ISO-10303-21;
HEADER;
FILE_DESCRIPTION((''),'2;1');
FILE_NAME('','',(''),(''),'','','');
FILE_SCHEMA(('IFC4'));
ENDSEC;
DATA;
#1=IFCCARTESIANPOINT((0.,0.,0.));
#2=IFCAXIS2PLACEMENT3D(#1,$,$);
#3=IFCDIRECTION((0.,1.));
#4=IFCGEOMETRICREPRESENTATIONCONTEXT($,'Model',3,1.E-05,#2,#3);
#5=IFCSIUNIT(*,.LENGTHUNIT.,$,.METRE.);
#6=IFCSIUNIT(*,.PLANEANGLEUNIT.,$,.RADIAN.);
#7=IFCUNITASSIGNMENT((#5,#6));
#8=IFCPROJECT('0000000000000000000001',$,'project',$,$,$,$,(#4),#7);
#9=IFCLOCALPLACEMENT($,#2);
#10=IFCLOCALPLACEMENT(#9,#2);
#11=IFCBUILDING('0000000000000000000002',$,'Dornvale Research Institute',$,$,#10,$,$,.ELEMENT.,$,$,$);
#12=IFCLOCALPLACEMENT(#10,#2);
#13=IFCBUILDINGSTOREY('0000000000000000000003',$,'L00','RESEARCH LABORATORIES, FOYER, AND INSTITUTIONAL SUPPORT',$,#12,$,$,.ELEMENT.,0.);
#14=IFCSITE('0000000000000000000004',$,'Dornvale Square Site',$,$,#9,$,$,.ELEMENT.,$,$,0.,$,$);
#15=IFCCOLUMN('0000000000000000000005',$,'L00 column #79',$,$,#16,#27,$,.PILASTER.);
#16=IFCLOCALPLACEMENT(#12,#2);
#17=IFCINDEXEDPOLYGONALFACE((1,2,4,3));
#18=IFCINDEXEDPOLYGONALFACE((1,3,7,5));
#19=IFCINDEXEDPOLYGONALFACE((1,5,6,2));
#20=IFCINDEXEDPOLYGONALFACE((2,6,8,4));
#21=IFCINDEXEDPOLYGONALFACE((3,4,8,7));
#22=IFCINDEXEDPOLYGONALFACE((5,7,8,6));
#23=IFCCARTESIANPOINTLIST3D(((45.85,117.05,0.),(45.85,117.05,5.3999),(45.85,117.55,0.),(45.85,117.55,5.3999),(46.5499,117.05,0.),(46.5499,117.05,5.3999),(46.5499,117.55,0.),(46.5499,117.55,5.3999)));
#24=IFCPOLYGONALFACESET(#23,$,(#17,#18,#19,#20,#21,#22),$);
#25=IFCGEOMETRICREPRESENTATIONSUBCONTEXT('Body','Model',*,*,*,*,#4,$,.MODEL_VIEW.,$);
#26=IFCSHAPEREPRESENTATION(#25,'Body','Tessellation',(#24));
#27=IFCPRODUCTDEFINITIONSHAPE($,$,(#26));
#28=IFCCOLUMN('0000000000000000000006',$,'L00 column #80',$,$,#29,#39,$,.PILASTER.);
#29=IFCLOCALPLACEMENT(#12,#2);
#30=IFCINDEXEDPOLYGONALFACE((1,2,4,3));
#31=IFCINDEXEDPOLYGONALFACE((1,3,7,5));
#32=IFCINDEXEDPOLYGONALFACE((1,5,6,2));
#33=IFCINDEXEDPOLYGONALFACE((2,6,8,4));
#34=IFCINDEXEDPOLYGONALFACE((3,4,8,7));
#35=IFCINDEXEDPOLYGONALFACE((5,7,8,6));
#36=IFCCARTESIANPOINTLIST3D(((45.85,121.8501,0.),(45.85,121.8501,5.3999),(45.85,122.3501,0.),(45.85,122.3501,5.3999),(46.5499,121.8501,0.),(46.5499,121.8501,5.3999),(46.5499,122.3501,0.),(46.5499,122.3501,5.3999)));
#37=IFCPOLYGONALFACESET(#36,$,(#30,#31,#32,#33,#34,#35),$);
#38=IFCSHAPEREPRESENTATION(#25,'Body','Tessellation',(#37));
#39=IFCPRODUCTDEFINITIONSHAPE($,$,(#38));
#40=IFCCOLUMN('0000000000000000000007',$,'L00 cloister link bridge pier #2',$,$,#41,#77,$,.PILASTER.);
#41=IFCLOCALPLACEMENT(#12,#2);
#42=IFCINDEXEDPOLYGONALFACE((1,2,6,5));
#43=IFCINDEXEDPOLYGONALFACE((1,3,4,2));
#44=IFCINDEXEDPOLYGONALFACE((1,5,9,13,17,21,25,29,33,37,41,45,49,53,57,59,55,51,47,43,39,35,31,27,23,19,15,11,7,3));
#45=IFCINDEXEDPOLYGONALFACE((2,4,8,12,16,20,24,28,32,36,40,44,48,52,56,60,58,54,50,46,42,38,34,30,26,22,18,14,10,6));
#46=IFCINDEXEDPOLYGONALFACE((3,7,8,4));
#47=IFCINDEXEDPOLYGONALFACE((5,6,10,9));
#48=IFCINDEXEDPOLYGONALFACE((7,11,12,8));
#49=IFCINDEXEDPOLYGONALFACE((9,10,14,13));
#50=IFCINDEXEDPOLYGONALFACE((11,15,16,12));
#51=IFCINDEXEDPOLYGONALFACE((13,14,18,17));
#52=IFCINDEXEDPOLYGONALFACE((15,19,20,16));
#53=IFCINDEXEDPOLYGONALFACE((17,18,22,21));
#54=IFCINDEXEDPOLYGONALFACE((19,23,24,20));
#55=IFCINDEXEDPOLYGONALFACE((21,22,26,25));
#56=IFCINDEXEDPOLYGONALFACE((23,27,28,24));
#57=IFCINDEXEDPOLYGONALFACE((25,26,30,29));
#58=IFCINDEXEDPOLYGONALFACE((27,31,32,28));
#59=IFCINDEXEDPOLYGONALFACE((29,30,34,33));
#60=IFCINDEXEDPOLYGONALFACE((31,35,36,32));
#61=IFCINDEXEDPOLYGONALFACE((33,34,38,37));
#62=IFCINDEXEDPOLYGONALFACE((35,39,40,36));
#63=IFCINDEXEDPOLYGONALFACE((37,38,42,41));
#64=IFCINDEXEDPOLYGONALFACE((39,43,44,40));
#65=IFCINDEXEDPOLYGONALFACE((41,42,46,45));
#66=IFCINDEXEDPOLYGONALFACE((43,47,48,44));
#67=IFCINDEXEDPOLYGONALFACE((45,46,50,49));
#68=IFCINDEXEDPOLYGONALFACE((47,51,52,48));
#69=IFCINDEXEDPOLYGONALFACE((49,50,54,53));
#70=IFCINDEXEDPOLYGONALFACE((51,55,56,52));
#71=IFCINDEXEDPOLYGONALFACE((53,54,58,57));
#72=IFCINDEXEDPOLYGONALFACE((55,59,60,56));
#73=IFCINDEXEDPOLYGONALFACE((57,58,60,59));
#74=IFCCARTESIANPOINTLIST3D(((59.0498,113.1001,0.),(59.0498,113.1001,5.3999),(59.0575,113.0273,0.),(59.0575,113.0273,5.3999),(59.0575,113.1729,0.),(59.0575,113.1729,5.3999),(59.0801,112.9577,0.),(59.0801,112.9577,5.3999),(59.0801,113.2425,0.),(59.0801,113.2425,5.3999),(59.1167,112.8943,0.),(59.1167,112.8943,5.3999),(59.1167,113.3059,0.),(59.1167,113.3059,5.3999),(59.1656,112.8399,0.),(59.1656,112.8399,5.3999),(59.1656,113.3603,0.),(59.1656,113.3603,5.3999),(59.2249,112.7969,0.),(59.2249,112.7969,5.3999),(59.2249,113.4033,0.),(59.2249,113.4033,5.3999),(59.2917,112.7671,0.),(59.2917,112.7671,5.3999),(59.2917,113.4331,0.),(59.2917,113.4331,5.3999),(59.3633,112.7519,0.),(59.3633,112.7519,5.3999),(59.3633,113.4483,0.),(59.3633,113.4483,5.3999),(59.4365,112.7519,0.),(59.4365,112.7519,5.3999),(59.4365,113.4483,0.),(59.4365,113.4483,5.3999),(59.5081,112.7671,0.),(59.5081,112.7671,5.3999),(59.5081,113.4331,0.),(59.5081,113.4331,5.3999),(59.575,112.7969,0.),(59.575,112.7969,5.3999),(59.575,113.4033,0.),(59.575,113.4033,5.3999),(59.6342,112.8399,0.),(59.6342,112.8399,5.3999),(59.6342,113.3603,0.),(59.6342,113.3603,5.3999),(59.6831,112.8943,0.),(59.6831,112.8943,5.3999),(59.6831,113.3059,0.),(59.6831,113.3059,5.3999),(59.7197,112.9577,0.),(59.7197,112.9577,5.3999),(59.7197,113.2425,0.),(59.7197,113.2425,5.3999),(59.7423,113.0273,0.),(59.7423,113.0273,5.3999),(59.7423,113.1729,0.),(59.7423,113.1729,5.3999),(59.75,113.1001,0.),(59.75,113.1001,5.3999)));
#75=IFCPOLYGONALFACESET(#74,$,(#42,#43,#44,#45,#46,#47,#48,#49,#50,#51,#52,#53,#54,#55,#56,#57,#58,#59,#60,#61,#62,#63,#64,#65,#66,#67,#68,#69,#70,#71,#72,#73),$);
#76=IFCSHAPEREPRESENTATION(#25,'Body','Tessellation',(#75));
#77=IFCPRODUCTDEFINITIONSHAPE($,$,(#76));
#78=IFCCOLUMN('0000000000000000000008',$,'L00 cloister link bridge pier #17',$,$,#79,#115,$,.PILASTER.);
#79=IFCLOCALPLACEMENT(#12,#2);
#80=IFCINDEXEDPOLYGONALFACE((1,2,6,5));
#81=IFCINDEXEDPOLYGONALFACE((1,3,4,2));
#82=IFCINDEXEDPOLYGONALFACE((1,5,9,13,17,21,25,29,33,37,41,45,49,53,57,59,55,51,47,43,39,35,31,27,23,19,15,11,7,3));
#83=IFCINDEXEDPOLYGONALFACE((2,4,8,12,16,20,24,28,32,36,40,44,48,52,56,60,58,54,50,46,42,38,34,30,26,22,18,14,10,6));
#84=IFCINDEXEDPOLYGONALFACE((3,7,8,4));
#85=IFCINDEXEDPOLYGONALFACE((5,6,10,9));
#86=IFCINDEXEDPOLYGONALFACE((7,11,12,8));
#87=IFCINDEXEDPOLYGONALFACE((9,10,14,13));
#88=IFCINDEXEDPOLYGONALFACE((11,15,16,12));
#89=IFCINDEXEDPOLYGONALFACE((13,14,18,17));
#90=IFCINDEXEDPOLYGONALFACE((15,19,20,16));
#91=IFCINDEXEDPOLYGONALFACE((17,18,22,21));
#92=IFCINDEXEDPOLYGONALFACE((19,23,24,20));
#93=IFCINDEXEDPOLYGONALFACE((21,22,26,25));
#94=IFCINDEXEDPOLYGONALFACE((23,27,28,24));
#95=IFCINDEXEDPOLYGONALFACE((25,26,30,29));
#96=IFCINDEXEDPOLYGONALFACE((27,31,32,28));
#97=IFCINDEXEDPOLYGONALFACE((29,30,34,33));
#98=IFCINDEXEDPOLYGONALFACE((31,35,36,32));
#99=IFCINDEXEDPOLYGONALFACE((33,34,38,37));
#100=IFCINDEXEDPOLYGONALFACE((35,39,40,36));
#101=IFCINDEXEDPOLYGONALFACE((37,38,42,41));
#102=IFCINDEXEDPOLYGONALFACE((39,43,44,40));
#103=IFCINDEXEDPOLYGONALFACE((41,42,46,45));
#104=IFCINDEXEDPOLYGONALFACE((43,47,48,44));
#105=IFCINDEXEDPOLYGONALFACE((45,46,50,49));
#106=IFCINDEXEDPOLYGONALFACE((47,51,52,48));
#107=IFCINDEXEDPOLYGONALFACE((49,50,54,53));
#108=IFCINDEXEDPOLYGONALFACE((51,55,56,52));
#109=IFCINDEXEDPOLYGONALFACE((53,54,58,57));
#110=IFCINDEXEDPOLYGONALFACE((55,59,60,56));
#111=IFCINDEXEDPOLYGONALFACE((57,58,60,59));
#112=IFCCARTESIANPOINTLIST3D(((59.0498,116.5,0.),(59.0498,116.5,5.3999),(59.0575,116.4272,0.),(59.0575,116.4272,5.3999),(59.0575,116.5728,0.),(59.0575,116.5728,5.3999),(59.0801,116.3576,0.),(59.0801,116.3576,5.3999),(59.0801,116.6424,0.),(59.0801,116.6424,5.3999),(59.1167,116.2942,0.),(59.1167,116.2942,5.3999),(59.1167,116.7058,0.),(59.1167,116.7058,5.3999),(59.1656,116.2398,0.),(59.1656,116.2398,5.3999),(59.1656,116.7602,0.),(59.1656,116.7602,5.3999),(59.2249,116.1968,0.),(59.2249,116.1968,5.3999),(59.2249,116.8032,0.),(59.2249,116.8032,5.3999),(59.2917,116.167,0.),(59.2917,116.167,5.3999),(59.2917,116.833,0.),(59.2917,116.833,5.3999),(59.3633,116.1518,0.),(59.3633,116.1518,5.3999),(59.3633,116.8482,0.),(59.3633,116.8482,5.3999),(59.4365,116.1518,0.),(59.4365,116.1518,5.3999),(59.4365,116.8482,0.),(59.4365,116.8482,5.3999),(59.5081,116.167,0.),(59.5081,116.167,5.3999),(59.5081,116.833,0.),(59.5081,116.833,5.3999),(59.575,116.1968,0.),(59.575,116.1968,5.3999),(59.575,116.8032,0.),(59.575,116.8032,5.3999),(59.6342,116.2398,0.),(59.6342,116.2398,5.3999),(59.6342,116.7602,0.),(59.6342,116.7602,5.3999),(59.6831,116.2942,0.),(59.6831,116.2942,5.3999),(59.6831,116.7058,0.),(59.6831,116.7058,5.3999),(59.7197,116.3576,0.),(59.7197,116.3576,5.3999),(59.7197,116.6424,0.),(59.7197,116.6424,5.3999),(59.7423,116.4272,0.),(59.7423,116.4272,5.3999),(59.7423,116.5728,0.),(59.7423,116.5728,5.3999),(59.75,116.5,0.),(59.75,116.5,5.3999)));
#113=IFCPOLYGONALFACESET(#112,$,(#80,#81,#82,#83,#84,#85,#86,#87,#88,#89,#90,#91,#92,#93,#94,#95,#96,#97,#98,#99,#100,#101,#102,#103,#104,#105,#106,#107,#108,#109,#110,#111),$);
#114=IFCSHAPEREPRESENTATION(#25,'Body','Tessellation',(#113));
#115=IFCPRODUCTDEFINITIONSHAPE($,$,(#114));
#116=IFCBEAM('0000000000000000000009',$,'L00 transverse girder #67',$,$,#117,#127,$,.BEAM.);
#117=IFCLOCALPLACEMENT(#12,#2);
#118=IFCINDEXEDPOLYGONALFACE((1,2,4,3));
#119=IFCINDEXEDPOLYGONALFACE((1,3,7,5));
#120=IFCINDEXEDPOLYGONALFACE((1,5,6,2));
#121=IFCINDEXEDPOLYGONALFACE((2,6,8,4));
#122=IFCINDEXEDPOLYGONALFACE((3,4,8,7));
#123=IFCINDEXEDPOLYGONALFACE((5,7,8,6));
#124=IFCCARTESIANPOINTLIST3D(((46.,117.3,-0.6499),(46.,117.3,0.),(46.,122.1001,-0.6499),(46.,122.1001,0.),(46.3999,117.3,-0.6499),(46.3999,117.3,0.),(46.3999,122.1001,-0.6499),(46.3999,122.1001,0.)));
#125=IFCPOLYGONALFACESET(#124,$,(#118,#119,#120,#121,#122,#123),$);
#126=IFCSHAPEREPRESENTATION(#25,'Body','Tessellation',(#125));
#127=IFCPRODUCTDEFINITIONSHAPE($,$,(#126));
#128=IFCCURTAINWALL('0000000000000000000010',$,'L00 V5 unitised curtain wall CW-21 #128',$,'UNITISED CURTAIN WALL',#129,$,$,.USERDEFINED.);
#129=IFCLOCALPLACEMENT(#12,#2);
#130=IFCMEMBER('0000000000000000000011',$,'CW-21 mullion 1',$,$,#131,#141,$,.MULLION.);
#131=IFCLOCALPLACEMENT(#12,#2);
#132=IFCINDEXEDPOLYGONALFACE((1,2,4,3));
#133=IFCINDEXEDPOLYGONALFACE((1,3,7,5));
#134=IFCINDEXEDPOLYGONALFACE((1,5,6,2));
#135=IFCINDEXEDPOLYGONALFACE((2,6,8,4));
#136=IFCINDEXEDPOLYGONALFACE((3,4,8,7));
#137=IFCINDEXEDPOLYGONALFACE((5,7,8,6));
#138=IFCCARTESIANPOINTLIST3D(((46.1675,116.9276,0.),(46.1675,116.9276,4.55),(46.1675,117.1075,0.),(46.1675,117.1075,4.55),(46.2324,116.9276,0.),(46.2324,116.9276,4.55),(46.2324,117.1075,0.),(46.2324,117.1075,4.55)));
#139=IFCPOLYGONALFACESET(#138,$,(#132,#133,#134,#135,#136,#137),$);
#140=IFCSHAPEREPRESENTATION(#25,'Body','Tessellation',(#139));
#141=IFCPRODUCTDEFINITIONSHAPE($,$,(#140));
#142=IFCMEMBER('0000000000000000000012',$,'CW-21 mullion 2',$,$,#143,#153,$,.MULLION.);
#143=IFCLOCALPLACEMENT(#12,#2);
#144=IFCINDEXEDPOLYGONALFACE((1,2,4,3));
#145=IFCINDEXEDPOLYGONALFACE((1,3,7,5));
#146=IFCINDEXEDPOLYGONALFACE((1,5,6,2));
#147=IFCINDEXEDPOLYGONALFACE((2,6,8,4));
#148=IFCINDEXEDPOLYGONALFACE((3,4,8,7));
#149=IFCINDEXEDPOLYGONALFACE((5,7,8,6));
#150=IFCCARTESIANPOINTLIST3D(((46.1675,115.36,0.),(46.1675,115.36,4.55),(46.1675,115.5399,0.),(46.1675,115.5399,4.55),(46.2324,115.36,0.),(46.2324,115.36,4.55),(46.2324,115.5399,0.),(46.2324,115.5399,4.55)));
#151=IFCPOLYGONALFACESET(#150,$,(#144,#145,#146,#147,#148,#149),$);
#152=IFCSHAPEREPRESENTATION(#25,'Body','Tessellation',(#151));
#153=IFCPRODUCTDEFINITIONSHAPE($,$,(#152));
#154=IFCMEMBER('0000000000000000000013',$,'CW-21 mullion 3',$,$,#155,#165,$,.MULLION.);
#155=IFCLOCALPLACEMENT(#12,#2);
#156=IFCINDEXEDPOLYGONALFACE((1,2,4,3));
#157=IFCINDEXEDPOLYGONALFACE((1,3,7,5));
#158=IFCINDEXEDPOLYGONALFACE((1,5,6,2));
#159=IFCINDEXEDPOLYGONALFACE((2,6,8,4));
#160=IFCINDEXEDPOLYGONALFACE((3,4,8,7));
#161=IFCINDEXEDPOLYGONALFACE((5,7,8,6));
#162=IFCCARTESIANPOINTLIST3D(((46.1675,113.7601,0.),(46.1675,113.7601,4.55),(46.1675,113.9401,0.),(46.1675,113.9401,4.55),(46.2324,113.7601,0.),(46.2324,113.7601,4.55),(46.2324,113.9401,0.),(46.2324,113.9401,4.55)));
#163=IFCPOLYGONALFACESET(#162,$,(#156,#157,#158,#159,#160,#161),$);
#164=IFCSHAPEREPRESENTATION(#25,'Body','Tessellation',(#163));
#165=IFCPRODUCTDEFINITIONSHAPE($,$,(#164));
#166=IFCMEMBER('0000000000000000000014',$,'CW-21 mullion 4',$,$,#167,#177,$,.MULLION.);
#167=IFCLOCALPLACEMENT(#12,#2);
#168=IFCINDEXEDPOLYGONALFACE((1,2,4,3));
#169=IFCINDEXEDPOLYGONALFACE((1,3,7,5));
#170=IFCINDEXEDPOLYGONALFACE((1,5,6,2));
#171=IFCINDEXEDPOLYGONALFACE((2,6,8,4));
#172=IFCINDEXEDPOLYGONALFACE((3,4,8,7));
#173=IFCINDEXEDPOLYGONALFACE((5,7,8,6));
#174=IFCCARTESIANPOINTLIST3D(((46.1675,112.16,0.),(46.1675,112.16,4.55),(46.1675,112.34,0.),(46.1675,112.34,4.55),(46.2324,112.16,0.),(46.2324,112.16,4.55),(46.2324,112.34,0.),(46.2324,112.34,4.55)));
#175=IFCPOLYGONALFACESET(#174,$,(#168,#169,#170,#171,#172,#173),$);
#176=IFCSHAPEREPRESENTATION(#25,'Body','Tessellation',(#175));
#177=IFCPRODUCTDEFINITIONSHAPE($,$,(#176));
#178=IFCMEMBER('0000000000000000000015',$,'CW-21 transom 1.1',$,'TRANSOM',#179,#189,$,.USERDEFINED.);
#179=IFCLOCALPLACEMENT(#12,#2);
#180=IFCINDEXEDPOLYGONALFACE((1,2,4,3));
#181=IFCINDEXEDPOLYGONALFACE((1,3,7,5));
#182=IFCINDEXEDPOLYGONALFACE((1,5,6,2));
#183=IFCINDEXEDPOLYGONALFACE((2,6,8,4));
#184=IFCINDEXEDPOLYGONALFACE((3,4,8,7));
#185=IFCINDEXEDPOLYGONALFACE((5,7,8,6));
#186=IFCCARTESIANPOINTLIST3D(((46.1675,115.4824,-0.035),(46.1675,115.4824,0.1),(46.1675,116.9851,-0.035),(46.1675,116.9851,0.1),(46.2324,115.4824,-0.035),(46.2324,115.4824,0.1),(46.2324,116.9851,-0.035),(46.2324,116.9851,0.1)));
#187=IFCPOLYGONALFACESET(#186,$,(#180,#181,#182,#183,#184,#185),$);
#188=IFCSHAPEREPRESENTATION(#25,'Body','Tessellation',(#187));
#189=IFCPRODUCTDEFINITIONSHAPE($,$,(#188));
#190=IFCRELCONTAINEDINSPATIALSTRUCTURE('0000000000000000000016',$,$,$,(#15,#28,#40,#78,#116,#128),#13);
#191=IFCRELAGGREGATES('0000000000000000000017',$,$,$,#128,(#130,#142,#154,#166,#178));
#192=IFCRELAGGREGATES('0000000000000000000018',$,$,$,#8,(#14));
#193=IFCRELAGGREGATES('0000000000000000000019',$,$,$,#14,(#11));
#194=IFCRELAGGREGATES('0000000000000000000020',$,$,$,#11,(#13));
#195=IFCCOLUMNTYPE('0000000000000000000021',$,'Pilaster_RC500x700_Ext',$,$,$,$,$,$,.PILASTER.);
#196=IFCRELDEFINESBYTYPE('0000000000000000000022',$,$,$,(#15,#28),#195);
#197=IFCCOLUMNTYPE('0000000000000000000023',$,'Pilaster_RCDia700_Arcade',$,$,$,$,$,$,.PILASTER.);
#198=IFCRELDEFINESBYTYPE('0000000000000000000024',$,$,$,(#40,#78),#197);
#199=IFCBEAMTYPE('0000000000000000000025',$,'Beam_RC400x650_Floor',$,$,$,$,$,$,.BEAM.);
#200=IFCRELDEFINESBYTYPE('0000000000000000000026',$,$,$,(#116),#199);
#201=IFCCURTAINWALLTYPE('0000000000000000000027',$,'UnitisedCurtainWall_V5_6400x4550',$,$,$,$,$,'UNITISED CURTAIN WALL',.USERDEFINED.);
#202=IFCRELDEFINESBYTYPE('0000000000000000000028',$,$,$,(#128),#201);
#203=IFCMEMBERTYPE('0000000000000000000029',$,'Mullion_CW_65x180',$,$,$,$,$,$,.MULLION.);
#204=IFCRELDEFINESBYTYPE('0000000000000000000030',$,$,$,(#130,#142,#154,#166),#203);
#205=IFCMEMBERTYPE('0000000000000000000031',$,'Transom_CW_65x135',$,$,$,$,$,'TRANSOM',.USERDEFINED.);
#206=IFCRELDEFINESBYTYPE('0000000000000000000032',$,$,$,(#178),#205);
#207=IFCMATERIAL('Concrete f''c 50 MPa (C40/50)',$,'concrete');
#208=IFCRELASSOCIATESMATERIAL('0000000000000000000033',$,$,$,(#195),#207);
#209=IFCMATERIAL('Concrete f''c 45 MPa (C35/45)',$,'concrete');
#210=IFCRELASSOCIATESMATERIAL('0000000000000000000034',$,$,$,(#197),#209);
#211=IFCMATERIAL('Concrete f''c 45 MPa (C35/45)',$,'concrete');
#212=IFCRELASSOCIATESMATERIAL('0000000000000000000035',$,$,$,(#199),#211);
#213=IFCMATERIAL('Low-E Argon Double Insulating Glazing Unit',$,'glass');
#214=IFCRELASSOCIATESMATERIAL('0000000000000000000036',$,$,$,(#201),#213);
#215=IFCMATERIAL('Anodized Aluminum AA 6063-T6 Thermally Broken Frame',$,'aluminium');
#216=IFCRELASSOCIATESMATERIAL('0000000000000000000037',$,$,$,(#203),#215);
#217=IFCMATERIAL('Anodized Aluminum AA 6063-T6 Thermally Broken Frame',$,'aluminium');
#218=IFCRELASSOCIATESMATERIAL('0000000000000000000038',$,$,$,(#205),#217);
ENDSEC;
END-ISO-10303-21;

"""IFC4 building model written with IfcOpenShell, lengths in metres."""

from ifc_helpers import new_model, si_unit, direction, frame, origin, origin_2d, place, context, subcontext, project, spatial, rectangle, circle, extrude, material, material_profile, profile_set, type_object, element, aggregate, save


model = new_model("IFC4")

# Units and contexts
model_context = context("Model", 3, precision=1e-05, world=origin(), true_north=direction((0.0, 1.0)))
body_context = subcontext(model_context, "Body", "Model", "MODEL_VIEW")
ifc_project = project(units=[si_unit("LENGTHUNIT", "METRE"), si_unit("PLANEANGLEUNIT", "RADIAN")], contexts=[model_context])

# Site, building, storey
site_placement = place(None, origin())
site = spatial("IfcSite", under=ifc_project, at=site_placement, Name="Dornvale Square Site", CompositionType="ELEMENT", RefElevation=0.0)
building_placement = place(site_placement, origin())
building = spatial("IfcBuilding", under=site, at=building_placement, Name="Dornvale Research Institute", CompositionType="ELEMENT")
storey_placement = place(building_placement, origin())
storey = spatial("IfcBuildingStorey", under=building, at=storey_placement, Name="L00", Description="RESEARCH LABORATORIES, FOYER, AND INSTITUTIONAL SUPPORT", CompositionType="ELEMENT", Elevation=0.0)

# Columns
ifc_material_1 = material(Name="Concrete f'c 50 MPa (C40/50)", Category="concrete")
ifc_material_profile_1 = material_profile(ifc_material_1, rectangle(XDim=0.5, YDim=0.7, at=origin_2d()), Name="RC 500x700")
ifc_profile_set_1 = profile_set([ifc_material_profile_1], Name="Concrete f'c 50 MPa (C40/50)")
column_type_1 = type_object("IfcColumnType", Name="Pilaster_RC500x700_Ext", PredefinedType="PILASTER", material=ifc_profile_set_1)
for number, where, z_axis, x_axis, name in (
    (1, (46.2, 117.3, 0.0), (0.0, 0.0, 1.0), (0.0, 1.0, 0.0), "L00 column #79"),
    (2, (46.2, 122.1001, 0.0), (0.0, 0.0, 1.0), (0.0, 1.0, 0.0), "L00 column #80"),
):
    element("IfcColumn", number, at=place(storey_placement, frame(where, z_axis=z_axis, x_axis=x_axis)), inside=storey, type_object=column_type_1, Name=name, PredefinedType="PILASTER", context=body_context, shape_type="SweptSolid", body=[
        extrude(rectangle(XDim=0.5, YDim=0.7, at=origin_2d()), origin(), (0.0, 0.0, 1.0), 5.3999),
    ])
ifc_material_2 = material(Name="Concrete f'c 45 MPa (C35/45)", Category="concrete")
ifc_material_profile_2 = material_profile(ifc_material_2, circle(Radius=0.3501, at=origin_2d()), Name="RC DIA 700")
ifc_profile_set_2 = profile_set([ifc_material_profile_2], Name="Concrete f'c 45 MPa (C35/45)")
column_type_2 = type_object("IfcColumnType", Name="Pilaster_RCDia700_Arcade", PredefinedType="PILASTER", material=ifc_profile_set_2)
for number, where, z_axis, x_axis, name in (
    (3, (59.3999, 113.1001, 0.0), (0.0, 0.0, 1.0), (1.0, 0.0, 0.0), "L00 cloister link bridge pier #2"),
    (4, (59.3999, 116.5, 0.0), (0.0, 0.0, 1.0), (1.0, 0.0, 0.0), "L00 cloister link bridge pier #17"),
):
    element("IfcColumn", number, at=place(storey_placement, frame(where, z_axis=z_axis, x_axis=x_axis)), inside=storey, type_object=column_type_2, Name=name, PredefinedType="PILASTER", context=body_context, shape_type="SweptSolid", body=[
        extrude(circle(Radius=0.3501, at=origin_2d()), origin(), (0.0, 0.0, 1.0), 5.3999),
    ])

# Beam
ifc_material_3 = material(Name="Concrete f'c 45 MPa (C35/45)", Category="concrete")
ifc_material_profile_3 = material_profile(ifc_material_3, rectangle(XDim=0.3999, YDim=0.6499, at=origin_2d()), Name="RC 400x650")
ifc_profile_set_3 = profile_set([ifc_material_profile_3], Name="Concrete f'c 45 MPa (C35/45)")
beam_type = type_object("IfcBeamType", Name="Beam_RC400x650_Floor", PredefinedType="BEAM", material=ifc_profile_set_3)
beam_placement = place(storey_placement, frame((46.2, 117.3, -0.325), z_axis=(0.0, 1.0, 0.0), x_axis=(-1.0, 0.0, 0.0)))
element("IfcBeam", 5, at=beam_placement, inside=storey, type_object=beam_type, Name="L00 transverse girder #67", PredefinedType="BEAM", context=body_context, shape_type="SweptSolid", body=[
    extrude(rectangle(XDim=0.3999, YDim=0.6499, at=origin_2d()), origin(), (0.0, 0.0, 1.0), 4.8),
])

# Curtain wall, members
ifc_material_4 = material(Name="Low-E Argon Double Insulating Glazing Unit", Category="glass")
curtain_wall_type = type_object("IfcCurtainWallType", Name="UnitisedCurtainWall_V5_6400x4550", ElementType="UNITISED CURTAIN WALL", PredefinedType="USERDEFINED", material=ifc_material_4)
curtain_wall_placement = place(storey_placement, origin())
curtain_wall = element("IfcCurtainWall", 6, at=curtain_wall_placement, inside=storey, type_object=curtain_wall_type, Name="L00 V5 unitised curtain wall CW-21 #128", ObjectType="UNITISED CURTAIN WALL", PredefinedType="USERDEFINED")
ifc_material_5 = material(Name="Anodized Aluminum AA 6063-T6 Thermally Broken Frame", Category="aluminium")
ifc_material_profile_4 = material_profile(ifc_material_5, rectangle(XDim=0.0649, YDim=0.1799, at=origin_2d()), Name="ALU MULLION 65x180")
ifc_profile_set_4 = profile_set([ifc_material_profile_4], Name="Anodized Aluminum AA 6063-T6 Thermally Broken Frame")
member_type_1 = type_object("IfcMemberType", Name="Mullion_CW_65x180", PredefinedType="MULLION", material=ifc_profile_set_4)
member_1_placement = place(storey_placement, frame((46.2, 117.0176, 0.0), z_axis=(0.0, 0.0, 1.0), x_axis=(1.0, 0.0, 0.0)))
member_1 = element("IfcMember", 7, at=member_1_placement, type_object=member_type_1, Name="CW-21 mullion 1", PredefinedType="MULLION", context=body_context, shape_type="SweptSolid", body=[
    extrude(rectangle(XDim=0.0649, YDim=0.1799, at=origin_2d()), origin(), (0.0, 0.0, 1.0), 4.55),
])
member_2_placement = place(storey_placement, frame((46.2, 115.45, 0.0), z_axis=(0.0, 0.0, 1.0), x_axis=(1.0, 0.0, 0.0)))
member_2 = element("IfcMember", 8, at=member_2_placement, type_object=member_type_1, Name="CW-21 mullion 2", PredefinedType="MULLION", context=body_context, shape_type="SweptSolid", body=[
    extrude(rectangle(XDim=0.0649, YDim=0.1799, at=origin_2d()), origin(), (0.0, 0.0, 1.0), 4.55),
])
member_3_placement = place(storey_placement, frame((46.2, 113.8501, 0.0), z_axis=(0.0, 0.0, 1.0), x_axis=(1.0, 0.0, 0.0)))
member_3 = element("IfcMember", 9, at=member_3_placement, type_object=member_type_1, Name="CW-21 mullion 3", PredefinedType="MULLION", context=body_context, shape_type="SweptSolid", body=[
    extrude(rectangle(XDim=0.0649, YDim=0.1799, at=origin_2d()), origin(), (0.0, 0.0, 1.0), 4.55),
])
member_4_placement = place(storey_placement, frame((46.2, 112.25, 0.0), z_axis=(0.0, 0.0, 1.0), x_axis=(1.0, 0.0, 0.0)))
member_4 = element("IfcMember", 10, at=member_4_placement, type_object=member_type_1, Name="CW-21 mullion 4", PredefinedType="MULLION", context=body_context, shape_type="SweptSolid", body=[
    extrude(rectangle(XDim=0.0649, YDim=0.1799, at=origin_2d()), origin(), (0.0, 0.0, 1.0), 4.55),
])
ifc_material_6 = material(Name="Anodized Aluminum AA 6063-T6 Thermally Broken Frame", Category="aluminium")
ifc_material_profile_5 = material_profile(ifc_material_6, rectangle(XDim=0.0649, YDim=0.135, at=origin_2d()), Name="ALU TRANSOM 65x135")
ifc_profile_set_5 = profile_set([ifc_material_profile_5], Name="Anodized Aluminum AA 6063-T6 Thermally Broken Frame")
member_type_2 = type_object("IfcMemberType", Name="Transom_CW_65x135", ElementType="TRANSOM", PredefinedType="USERDEFINED", material=ifc_profile_set_5)
member_5_placement = place(storey_placement, frame((46.2, 116.9851, 0.0325), z_axis=(0.0, -1.0, 0.0), x_axis=(1.0, 0.0, 0.0)))
member_5 = element("IfcMember", 11, at=member_5_placement, type_object=member_type_2, Name="CW-21 transom 1.1", ObjectType="TRANSOM", PredefinedType="USERDEFINED", context=body_context, shape_type="SweptSolid", body=[
    extrude(rectangle(XDim=0.0649, YDim=0.135, at=origin_2d()), origin(), (0.0, 0.0, 1.0), 1.5027),
])
aggregate(curtain_wall, [member_1, member_2, member_3, member_4, member_5])

save(model, "model.ifc")
